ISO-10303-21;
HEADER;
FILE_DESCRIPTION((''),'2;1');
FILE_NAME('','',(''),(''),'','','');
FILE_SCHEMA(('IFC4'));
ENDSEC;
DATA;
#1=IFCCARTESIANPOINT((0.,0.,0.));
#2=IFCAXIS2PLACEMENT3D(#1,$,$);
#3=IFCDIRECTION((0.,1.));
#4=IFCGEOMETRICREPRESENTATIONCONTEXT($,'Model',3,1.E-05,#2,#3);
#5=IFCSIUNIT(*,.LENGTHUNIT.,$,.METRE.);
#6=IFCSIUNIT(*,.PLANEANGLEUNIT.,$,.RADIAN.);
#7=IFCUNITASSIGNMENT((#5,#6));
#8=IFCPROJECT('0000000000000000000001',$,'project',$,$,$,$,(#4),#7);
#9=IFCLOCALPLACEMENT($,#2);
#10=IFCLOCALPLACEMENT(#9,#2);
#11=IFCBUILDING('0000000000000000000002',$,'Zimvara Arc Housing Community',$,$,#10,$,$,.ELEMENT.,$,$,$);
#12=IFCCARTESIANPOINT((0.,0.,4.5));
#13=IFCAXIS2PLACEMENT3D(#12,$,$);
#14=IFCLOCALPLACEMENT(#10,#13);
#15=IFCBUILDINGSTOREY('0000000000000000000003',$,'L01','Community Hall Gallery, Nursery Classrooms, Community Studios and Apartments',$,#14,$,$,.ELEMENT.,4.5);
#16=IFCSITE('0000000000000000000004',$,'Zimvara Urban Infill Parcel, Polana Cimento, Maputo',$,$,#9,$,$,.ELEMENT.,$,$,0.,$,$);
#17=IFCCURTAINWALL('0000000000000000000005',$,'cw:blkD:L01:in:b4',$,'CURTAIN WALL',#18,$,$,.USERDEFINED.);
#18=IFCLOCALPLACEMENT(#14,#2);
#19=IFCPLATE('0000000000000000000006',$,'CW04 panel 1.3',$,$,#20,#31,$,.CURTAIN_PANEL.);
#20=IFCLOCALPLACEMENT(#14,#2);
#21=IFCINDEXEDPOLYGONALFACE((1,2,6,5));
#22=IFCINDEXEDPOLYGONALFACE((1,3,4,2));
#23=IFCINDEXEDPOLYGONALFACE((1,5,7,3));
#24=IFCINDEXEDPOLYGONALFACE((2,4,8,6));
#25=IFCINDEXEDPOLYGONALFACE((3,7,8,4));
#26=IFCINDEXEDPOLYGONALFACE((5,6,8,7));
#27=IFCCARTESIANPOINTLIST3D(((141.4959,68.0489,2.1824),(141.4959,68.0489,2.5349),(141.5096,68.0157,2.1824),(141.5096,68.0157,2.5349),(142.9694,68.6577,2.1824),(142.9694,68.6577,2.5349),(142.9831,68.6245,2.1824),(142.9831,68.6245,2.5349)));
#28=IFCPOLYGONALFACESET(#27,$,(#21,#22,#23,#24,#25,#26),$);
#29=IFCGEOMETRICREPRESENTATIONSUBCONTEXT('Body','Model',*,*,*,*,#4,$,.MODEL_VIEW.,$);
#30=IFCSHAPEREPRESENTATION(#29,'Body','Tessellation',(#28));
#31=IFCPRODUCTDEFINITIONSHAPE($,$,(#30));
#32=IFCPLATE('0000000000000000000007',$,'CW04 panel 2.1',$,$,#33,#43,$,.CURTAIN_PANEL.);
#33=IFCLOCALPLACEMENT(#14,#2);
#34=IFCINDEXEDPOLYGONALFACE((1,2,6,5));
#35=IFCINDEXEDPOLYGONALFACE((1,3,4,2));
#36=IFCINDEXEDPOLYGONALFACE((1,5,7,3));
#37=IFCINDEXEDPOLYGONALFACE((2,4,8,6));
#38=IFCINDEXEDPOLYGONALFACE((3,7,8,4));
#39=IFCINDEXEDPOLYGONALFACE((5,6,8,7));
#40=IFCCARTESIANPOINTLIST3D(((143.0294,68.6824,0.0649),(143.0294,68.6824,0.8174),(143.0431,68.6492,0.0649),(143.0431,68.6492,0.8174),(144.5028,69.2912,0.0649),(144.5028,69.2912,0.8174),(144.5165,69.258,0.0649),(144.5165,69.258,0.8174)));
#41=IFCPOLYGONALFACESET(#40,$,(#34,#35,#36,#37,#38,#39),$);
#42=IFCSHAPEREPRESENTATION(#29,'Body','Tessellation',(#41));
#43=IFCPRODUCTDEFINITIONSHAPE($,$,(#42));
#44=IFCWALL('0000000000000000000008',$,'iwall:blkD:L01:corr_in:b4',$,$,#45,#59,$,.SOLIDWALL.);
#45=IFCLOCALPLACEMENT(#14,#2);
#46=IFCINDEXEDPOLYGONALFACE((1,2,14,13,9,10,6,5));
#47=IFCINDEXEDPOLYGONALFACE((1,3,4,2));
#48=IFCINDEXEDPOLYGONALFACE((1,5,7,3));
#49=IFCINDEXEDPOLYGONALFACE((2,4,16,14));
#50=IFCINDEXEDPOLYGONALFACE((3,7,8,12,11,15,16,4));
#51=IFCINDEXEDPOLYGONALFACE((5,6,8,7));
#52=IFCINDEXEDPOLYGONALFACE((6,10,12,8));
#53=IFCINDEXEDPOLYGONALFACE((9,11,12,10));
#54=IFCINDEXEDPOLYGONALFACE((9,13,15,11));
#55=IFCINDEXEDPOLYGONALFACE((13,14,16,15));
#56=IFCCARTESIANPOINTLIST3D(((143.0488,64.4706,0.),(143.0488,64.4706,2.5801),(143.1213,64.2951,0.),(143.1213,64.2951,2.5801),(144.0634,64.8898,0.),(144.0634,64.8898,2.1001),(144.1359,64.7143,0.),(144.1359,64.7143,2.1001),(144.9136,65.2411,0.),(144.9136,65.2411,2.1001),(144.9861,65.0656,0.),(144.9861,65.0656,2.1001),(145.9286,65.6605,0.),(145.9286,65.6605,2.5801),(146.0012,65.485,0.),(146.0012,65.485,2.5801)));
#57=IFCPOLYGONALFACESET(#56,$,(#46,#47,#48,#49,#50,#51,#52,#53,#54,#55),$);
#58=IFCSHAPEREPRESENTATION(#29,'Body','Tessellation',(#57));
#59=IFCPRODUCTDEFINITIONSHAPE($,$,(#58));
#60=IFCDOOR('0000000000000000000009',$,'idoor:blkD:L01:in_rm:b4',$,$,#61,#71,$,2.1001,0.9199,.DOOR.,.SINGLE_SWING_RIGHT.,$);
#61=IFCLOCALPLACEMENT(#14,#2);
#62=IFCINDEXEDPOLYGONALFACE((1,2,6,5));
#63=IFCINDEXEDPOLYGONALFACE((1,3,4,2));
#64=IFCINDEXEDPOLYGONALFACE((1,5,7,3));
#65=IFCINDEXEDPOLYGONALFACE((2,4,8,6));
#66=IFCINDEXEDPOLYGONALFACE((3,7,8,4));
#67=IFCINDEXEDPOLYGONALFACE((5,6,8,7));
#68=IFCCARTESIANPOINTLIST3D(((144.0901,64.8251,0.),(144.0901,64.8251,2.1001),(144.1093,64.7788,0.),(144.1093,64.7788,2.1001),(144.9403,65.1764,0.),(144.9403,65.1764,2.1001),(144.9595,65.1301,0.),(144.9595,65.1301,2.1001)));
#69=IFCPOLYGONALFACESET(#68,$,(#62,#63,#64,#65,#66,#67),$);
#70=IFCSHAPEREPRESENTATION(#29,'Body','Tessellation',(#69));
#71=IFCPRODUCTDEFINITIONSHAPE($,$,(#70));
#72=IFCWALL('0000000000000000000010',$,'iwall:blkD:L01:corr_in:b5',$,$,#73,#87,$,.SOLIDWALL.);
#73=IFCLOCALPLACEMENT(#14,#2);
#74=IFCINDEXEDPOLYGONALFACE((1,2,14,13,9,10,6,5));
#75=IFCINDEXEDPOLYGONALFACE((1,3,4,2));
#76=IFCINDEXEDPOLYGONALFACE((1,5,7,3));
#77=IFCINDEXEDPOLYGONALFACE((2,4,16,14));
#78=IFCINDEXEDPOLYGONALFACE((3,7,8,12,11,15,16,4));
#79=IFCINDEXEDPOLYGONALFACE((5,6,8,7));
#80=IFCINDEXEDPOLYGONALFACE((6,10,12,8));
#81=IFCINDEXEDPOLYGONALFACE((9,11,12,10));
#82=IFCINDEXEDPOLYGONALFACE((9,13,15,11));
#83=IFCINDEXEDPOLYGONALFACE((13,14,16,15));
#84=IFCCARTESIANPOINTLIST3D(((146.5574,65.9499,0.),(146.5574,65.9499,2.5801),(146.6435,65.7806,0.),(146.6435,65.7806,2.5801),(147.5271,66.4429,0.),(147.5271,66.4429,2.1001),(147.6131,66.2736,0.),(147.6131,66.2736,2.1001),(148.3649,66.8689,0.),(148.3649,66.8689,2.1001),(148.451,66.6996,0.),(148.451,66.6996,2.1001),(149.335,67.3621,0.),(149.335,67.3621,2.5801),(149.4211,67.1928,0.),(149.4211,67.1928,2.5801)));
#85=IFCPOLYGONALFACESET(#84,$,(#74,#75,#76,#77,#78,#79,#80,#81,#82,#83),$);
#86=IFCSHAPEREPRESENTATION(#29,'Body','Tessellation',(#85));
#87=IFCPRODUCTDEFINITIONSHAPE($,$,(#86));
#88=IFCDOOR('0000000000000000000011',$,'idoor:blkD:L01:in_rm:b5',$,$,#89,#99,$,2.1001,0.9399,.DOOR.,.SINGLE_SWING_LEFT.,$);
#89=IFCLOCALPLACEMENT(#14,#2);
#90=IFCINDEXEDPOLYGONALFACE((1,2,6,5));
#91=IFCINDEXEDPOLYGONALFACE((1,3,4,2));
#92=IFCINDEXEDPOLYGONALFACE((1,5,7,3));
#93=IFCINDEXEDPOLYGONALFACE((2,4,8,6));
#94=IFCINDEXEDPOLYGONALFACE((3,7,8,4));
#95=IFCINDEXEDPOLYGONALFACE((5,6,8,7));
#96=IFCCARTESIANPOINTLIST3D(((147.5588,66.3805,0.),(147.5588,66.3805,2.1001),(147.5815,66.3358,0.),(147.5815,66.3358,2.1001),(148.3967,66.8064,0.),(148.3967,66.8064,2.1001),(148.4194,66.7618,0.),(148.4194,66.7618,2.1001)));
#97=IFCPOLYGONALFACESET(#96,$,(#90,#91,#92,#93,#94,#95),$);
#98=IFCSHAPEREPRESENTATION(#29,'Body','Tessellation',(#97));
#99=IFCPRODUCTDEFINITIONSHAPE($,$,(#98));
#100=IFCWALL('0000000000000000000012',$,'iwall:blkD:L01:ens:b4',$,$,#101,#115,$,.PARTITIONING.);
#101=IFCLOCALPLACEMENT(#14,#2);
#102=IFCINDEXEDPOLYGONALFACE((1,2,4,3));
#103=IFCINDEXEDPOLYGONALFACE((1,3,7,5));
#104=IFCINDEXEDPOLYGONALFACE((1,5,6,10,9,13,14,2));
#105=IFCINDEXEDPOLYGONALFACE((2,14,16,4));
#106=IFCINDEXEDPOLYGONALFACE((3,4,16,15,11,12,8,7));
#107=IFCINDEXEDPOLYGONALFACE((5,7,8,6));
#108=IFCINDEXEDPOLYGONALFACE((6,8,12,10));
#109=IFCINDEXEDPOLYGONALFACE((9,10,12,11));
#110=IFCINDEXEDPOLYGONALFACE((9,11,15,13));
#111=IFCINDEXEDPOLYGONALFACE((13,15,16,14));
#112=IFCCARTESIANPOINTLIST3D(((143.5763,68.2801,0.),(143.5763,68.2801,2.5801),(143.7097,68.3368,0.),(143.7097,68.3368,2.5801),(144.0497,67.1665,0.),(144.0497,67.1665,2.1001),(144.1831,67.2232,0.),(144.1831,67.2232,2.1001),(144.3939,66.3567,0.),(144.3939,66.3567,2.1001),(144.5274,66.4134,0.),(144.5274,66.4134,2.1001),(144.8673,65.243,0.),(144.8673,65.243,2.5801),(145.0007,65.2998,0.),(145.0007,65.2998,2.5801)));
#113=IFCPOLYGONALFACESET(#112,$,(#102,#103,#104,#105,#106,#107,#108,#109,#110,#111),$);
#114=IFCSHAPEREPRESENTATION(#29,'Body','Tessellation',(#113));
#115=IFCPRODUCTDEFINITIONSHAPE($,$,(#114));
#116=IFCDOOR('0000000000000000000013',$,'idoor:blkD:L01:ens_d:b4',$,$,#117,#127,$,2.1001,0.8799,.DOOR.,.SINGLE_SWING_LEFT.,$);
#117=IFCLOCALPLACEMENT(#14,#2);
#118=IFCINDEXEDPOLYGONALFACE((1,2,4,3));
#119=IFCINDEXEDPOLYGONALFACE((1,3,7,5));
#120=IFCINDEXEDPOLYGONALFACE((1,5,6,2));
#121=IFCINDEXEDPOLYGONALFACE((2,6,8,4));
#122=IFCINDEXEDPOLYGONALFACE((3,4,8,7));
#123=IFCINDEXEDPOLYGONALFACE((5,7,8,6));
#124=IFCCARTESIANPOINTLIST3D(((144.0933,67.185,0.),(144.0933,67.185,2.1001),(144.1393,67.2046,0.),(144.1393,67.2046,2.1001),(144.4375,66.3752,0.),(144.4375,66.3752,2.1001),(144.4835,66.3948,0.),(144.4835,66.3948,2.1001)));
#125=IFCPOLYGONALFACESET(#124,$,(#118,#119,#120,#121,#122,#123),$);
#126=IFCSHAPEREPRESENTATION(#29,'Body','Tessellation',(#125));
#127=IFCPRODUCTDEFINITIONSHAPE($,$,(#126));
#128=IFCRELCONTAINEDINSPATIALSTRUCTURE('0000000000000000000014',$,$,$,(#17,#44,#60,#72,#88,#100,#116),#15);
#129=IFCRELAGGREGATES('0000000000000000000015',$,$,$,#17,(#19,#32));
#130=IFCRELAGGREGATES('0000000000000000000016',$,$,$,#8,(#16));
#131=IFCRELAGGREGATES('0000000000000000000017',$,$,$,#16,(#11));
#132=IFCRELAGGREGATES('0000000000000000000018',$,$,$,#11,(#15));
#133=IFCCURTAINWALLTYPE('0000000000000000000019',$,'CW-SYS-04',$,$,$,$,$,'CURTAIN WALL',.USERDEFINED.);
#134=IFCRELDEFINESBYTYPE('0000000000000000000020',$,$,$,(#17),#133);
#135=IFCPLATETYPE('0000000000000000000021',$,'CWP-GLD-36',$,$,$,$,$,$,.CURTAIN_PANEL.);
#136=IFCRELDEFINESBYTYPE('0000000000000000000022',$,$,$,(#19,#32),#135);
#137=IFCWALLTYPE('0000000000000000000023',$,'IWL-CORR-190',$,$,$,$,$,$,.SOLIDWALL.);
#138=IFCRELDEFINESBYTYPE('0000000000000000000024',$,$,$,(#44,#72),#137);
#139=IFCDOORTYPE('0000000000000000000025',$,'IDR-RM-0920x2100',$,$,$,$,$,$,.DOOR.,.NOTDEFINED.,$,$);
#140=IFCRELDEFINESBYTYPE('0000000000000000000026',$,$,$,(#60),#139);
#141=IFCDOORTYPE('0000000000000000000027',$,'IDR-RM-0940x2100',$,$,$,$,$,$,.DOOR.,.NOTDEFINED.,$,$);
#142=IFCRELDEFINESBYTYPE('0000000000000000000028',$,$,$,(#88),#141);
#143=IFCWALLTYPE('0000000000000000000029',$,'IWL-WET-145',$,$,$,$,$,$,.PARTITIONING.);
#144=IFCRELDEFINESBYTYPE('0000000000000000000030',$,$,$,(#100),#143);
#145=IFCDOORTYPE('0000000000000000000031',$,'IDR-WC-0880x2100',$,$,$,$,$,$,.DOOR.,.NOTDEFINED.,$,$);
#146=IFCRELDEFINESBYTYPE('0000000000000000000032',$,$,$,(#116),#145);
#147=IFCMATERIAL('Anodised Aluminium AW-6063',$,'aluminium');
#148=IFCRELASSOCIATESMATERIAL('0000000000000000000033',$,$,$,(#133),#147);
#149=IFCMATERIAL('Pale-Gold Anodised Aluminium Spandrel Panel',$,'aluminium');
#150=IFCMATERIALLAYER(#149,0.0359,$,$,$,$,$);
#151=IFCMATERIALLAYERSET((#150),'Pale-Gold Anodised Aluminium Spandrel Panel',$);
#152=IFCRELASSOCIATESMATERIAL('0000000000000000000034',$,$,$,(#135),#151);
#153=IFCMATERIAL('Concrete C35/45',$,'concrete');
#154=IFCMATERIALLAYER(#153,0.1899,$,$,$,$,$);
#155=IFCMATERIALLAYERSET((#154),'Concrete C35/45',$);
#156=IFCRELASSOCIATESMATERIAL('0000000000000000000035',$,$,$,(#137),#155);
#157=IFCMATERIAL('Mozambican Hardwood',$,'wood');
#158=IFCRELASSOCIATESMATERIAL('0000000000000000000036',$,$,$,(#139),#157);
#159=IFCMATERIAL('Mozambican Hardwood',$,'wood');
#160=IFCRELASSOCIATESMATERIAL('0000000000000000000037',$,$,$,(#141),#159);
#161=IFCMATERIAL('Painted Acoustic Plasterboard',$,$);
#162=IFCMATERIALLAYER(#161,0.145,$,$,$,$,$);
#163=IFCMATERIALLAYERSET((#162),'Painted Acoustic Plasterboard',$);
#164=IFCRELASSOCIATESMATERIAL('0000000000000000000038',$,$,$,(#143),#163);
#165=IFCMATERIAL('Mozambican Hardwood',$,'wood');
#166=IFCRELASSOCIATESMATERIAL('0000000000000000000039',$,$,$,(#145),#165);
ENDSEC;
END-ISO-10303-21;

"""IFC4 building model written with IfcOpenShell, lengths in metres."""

from ifc_helpers import new_model, si_unit, direction, frame, frame_2d, origin, origin_2d, place, context, subcontext, project, spatial, rectangle, extrude, material, layer, layer_set, type_object, element, fill, aggregate, save


model = new_model("IFC4")

# Units and contexts
model_context = context("Model", 3, precision=1e-05, world=origin(), true_north=direction((0.0, 1.0)))
body_context = subcontext(model_context, "Body", "Model", "MODEL_VIEW")
ifc_project = project(units=[si_unit("LENGTHUNIT", "METRE"), si_unit("PLANEANGLEUNIT", "RADIAN")], contexts=[model_context])

# Site, building, storey
site_placement = place(None, origin())
site = spatial("IfcSite", under=ifc_project, at=site_placement, Name="Zimvara Urban Infill Parcel, Polana Cimento, Maputo", CompositionType="ELEMENT", RefElevation=0.0)
building_placement = place(site_placement, origin())
building = spatial("IfcBuilding", under=site, at=building_placement, Name="Zimvara Arc Housing Community", CompositionType="ELEMENT")
storey_placement = place(building_placement, frame((0.0, 0.0, 4.5)))
storey = spatial("IfcBuildingStorey", under=building, at=storey_placement, Name="L01", Description="Community Hall Gallery, Nursery Classrooms, Community Studios and Apartments", CompositionType="ELEMENT", Elevation=4.5)

# Curtain wall, plates
ifc_material_1 = material(Name="Anodised Aluminium AW-6063", Category="aluminium")
curtain_wall_type = type_object("IfcCurtainWallType", Name="CW-SYS-04", ElementType="CURTAIN WALL", PredefinedType="USERDEFINED", material=ifc_material_1)
curtain_wall_placement = place(storey_placement, origin())
curtain_wall = element("IfcCurtainWall", 1, at=curtain_wall_placement, inside=storey, type_object=curtain_wall_type, Name="cw:blkD:L01:in:b4", ObjectType="CURTAIN WALL", PredefinedType="USERDEFINED")
ifc_material_2 = material(Name="Pale-Gold Anodised Aluminium Spandrel Panel", Category="aluminium")
ifc_layer_1 = layer(ifc_material_2, 0.0359)
ifc_layer_set_1 = layer_set([ifc_layer_1], Name="Pale-Gold Anodised Aluminium Spandrel Panel")
plate_type = type_object("IfcPlateType", Name="CWP-GLD-36", PredefinedType="CURTAIN_PANEL", material=ifc_layer_set_1)
plate_1_placement = place(storey_placement, frame((142.2395, 68.3367, 2.1824), z_axis=(0.0, 0.0, 1.0), x_axis=(0.924213, 0.381877, 0.0)))
plate_1 = element("IfcPlate", 2, at=plate_1_placement, type_object=plate_type, Name="CW04 panel 1.3", PredefinedType="CURTAIN_PANEL", context=body_context, shape_type="SweptSolid", body=[
    extrude(rectangle(XDim=1.5942, YDim=0.0359, at=origin_2d()), origin(), (0.0, 0.0, 1.0), 0.3525),
])
plate_2_placement = place(storey_placement, frame((143.7729, 68.9702, 0.0649), z_axis=(0.0, 0.0, 1.0), x_axis=(0.924213, 0.381877, 0.0)))
plate_2 = element("IfcPlate", 3, at=plate_2_placement, type_object=plate_type, Name="CW04 panel 2.1", PredefinedType="CURTAIN_PANEL", context=body_context, shape_type="SweptSolid", body=[
    extrude(rectangle(XDim=1.5942, YDim=0.0359, at=origin_2d()), origin(), (0.0, 0.0, 1.0), 0.7524),
])
aggregate(curtain_wall, [plate_1, plate_2])

# Wall, opening, door
ifc_material_3 = material(Name="Concrete C35/45", Category="concrete")
ifc_layer_2 = layer(ifc_material_3, 0.1899)
ifc_layer_set_2 = layer_set([ifc_layer_2], Name="Concrete C35/45")
wall_type_1 = type_object("IfcWallType", Name="IWL-CORR-190", PredefinedType="SOLIDWALL", material=ifc_layer_set_2)
wall_1_placement = place(storey_placement, frame((143.085, 64.3828, 0.0), z_axis=(0.0, 0.0, 1.0), x_axis=(0.924213, 0.381877, 0.0)))
wall_1 = element("IfcWall", 4, at=wall_1_placement, inside=storey, type_object=wall_type_1, Name="iwall:blkD:L01:corr_in:b4", PredefinedType="SOLIDWALL", context=body_context, shape_type="SweptSolid", body=[
    extrude(rectangle(XDim=3.116, YDim=0.1899, at=frame_2d((1.5581, 0.0))), origin(), (0.0, 0.0, 1.0), 2.5801),
])
opening_1_placement = place(wall_1_placement, frame((1.0979, 0.0, 0.0)))
opening_1 = element("IfcOpeningElement", 5, at=opening_1_placement, cuts=wall_1, PredefinedType="OPENING", context=body_context, shape_type="SweptSolid", body=[
    extrude(rectangle(XDim=0.9199, YDim=2.1001, at=frame_2d((0.46, 1.05))), frame((0.0, 0.105, 0.0), z_axis=(0.0, -1.0, 0.0), x_axis=(1.0, 0.0, 0.0)), (0.0, 0.0, 1.0), 0.21),
])
ifc_material_4 = material(Name="Mozambican Hardwood", Category="wood")
door_type_1 = type_object("IfcDoorType", Name="IDR-RM-0920x2100", OperationType="NOTDEFINED", PredefinedType="DOOR", material=ifc_material_4)
door_1_placement = place(opening_1_placement, origin())
door_1 = element("IfcDoor", 6, at=door_1_placement, inside=storey, type_object=door_type_1, Name="idoor:blkD:L01:in_rm:b4", OperationType="SINGLE_SWING_RIGHT", OverallHeight=2.1001, OverallWidth=0.9199, PredefinedType="DOOR", context=body_context, shape_type="SweptSolid", body=[
    extrude(rectangle(XDim=0.9199, YDim=2.1001, at=frame_2d((0.46, 1.05))), frame((0.0, 0.0249, 0.0), z_axis=(0.0, -1.0, 0.0), x_axis=(1.0, 0.0, 0.0)), (0.0, 0.0, 1.0), 0.05),
])
fill(opening_1, door_1)

# Walls, openings, doors
wall_2_placement = place(storey_placement, frame((146.6003, 65.8652, 0.0), z_axis=(0.0, 0.0, 1.0), x_axis=(0.891414, 0.45319, 0.0)))
wall_2 = element("IfcWall", 7, at=wall_2_placement, inside=storey, type_object=wall_type_1, Name="iwall:blkD:L01:corr_in:b5", PredefinedType="SOLIDWALL", context=body_context, shape_type="SweptSolid", body=[
    extrude(rectangle(XDim=3.116, YDim=0.1899, at=frame_2d((1.5581, 0.0))), origin(), (0.0, 0.0, 1.0), 2.5801),
])
opening_2_placement = place(wall_2_placement, frame((1.0879, 0.0, 0.0)))
opening_2 = element("IfcOpeningElement", 8, at=opening_2_placement, cuts=wall_2, PredefinedType="OPENING", context=body_context, shape_type="SweptSolid", body=[
    extrude(rectangle(XDim=0.9399, YDim=2.1001, at=frame_2d((0.47, 1.05))), frame((0.0, 0.105, 0.0), z_axis=(0.0, -1.0, 0.0), x_axis=(1.0, 0.0, 0.0)), (0.0, 0.0, 1.0), 0.21),
])
ifc_material_5 = material(Name="Mozambican Hardwood", Category="wood")
door_type_2 = type_object("IfcDoorType", Name="IDR-RM-0940x2100", OperationType="NOTDEFINED", PredefinedType="DOOR", material=ifc_material_5)
door_2_placement = place(opening_2_placement, origin())
door_2 = element("IfcDoor", 9, at=door_2_placement, inside=storey, type_object=door_type_2, Name="idoor:blkD:L01:in_rm:b5", OperationType="SINGLE_SWING_LEFT", OverallHeight=2.1001, OverallWidth=0.9399, PredefinedType="DOOR", context=body_context, shape_type="SweptSolid", body=[
    extrude(rectangle(XDim=0.9399, YDim=2.1001, at=frame_2d((0.47, 1.05))), frame((0.0, 0.0249, 0.0), z_axis=(0.0, -1.0, 0.0), x_axis=(1.0, 0.0, 0.0)), (0.0, 0.0, 1.0), 0.05),
])
fill(opening_2, door_2)
ifc_material_6 = material(Name="Painted Acoustic Plasterboard")
ifc_layer_3 = layer(ifc_material_6, 0.145)
ifc_layer_set_3 = layer_set([ifc_layer_3], Name="Painted Acoustic Plasterboard")
wall_type_2 = type_object("IfcWallType", Name="IWL-WET-145", PredefinedType="PARTITIONING", material=ifc_layer_set_3)
wall_3_placement = place(storey_placement, frame((143.6431, 68.3083, 0.0), z_axis=(0.0, 0.0, 1.0), x_axis=(0.391203, -0.920304, 0.0)))
wall_3 = element("IfcWall", 10, at=wall_3_placement, inside=storey, type_object=wall_type_2, Name="iwall:blkD:L01:ens:b4", PredefinedType="PARTITIONING", context=body_context, shape_type="SweptSolid", body=[
    extrude(rectangle(XDim=3.3, YDim=0.145, at=frame_2d((1.6499, 0.0))), origin(), (0.0, 0.0, 1.0), 2.5801),
])
opening_3_placement = place(wall_3_placement, frame((1.21, 0.0, 0.0)))
opening_3 = element("IfcOpeningElement", 11, at=opening_3_placement, cuts=wall_3, PredefinedType="OPENING", context=body_context, shape_type="SweptSolid", body=[
    extrude(rectangle(XDim=0.8799, YDim=2.1001, at=frame_2d((0.4399, 1.05))), frame((0.0, 0.0825, 0.0), z_axis=(0.0, -1.0, 0.0), x_axis=(1.0, 0.0, 0.0)), (0.0, 0.0, 1.0), 0.165),
])
ifc_material_7 = material(Name="Mozambican Hardwood", Category="wood")
door_type_3 = type_object("IfcDoorType", Name="IDR-WC-0880x2100", OperationType="NOTDEFINED", PredefinedType="DOOR", material=ifc_material_7)
door_3_placement = place(opening_3_placement, origin())
door_3 = element("IfcDoor", 12, at=door_3_placement, inside=storey, type_object=door_type_3, Name="idoor:blkD:L01:ens_d:b4", OperationType="SINGLE_SWING_LEFT", OverallHeight=2.1001, OverallWidth=0.8799, PredefinedType="DOOR", context=body_context, shape_type="SweptSolid", body=[
    extrude(rectangle(XDim=0.8799, YDim=2.1001, at=frame_2d((0.4399, 1.05))), frame((0.0, 0.0249, 0.0), z_axis=(0.0, -1.0, 0.0), x_axis=(1.0, 0.0, 0.0)), (0.0, 0.0, 1.0), 0.05),
])
fill(opening_3, door_3)

save(model, "model.ifc")
